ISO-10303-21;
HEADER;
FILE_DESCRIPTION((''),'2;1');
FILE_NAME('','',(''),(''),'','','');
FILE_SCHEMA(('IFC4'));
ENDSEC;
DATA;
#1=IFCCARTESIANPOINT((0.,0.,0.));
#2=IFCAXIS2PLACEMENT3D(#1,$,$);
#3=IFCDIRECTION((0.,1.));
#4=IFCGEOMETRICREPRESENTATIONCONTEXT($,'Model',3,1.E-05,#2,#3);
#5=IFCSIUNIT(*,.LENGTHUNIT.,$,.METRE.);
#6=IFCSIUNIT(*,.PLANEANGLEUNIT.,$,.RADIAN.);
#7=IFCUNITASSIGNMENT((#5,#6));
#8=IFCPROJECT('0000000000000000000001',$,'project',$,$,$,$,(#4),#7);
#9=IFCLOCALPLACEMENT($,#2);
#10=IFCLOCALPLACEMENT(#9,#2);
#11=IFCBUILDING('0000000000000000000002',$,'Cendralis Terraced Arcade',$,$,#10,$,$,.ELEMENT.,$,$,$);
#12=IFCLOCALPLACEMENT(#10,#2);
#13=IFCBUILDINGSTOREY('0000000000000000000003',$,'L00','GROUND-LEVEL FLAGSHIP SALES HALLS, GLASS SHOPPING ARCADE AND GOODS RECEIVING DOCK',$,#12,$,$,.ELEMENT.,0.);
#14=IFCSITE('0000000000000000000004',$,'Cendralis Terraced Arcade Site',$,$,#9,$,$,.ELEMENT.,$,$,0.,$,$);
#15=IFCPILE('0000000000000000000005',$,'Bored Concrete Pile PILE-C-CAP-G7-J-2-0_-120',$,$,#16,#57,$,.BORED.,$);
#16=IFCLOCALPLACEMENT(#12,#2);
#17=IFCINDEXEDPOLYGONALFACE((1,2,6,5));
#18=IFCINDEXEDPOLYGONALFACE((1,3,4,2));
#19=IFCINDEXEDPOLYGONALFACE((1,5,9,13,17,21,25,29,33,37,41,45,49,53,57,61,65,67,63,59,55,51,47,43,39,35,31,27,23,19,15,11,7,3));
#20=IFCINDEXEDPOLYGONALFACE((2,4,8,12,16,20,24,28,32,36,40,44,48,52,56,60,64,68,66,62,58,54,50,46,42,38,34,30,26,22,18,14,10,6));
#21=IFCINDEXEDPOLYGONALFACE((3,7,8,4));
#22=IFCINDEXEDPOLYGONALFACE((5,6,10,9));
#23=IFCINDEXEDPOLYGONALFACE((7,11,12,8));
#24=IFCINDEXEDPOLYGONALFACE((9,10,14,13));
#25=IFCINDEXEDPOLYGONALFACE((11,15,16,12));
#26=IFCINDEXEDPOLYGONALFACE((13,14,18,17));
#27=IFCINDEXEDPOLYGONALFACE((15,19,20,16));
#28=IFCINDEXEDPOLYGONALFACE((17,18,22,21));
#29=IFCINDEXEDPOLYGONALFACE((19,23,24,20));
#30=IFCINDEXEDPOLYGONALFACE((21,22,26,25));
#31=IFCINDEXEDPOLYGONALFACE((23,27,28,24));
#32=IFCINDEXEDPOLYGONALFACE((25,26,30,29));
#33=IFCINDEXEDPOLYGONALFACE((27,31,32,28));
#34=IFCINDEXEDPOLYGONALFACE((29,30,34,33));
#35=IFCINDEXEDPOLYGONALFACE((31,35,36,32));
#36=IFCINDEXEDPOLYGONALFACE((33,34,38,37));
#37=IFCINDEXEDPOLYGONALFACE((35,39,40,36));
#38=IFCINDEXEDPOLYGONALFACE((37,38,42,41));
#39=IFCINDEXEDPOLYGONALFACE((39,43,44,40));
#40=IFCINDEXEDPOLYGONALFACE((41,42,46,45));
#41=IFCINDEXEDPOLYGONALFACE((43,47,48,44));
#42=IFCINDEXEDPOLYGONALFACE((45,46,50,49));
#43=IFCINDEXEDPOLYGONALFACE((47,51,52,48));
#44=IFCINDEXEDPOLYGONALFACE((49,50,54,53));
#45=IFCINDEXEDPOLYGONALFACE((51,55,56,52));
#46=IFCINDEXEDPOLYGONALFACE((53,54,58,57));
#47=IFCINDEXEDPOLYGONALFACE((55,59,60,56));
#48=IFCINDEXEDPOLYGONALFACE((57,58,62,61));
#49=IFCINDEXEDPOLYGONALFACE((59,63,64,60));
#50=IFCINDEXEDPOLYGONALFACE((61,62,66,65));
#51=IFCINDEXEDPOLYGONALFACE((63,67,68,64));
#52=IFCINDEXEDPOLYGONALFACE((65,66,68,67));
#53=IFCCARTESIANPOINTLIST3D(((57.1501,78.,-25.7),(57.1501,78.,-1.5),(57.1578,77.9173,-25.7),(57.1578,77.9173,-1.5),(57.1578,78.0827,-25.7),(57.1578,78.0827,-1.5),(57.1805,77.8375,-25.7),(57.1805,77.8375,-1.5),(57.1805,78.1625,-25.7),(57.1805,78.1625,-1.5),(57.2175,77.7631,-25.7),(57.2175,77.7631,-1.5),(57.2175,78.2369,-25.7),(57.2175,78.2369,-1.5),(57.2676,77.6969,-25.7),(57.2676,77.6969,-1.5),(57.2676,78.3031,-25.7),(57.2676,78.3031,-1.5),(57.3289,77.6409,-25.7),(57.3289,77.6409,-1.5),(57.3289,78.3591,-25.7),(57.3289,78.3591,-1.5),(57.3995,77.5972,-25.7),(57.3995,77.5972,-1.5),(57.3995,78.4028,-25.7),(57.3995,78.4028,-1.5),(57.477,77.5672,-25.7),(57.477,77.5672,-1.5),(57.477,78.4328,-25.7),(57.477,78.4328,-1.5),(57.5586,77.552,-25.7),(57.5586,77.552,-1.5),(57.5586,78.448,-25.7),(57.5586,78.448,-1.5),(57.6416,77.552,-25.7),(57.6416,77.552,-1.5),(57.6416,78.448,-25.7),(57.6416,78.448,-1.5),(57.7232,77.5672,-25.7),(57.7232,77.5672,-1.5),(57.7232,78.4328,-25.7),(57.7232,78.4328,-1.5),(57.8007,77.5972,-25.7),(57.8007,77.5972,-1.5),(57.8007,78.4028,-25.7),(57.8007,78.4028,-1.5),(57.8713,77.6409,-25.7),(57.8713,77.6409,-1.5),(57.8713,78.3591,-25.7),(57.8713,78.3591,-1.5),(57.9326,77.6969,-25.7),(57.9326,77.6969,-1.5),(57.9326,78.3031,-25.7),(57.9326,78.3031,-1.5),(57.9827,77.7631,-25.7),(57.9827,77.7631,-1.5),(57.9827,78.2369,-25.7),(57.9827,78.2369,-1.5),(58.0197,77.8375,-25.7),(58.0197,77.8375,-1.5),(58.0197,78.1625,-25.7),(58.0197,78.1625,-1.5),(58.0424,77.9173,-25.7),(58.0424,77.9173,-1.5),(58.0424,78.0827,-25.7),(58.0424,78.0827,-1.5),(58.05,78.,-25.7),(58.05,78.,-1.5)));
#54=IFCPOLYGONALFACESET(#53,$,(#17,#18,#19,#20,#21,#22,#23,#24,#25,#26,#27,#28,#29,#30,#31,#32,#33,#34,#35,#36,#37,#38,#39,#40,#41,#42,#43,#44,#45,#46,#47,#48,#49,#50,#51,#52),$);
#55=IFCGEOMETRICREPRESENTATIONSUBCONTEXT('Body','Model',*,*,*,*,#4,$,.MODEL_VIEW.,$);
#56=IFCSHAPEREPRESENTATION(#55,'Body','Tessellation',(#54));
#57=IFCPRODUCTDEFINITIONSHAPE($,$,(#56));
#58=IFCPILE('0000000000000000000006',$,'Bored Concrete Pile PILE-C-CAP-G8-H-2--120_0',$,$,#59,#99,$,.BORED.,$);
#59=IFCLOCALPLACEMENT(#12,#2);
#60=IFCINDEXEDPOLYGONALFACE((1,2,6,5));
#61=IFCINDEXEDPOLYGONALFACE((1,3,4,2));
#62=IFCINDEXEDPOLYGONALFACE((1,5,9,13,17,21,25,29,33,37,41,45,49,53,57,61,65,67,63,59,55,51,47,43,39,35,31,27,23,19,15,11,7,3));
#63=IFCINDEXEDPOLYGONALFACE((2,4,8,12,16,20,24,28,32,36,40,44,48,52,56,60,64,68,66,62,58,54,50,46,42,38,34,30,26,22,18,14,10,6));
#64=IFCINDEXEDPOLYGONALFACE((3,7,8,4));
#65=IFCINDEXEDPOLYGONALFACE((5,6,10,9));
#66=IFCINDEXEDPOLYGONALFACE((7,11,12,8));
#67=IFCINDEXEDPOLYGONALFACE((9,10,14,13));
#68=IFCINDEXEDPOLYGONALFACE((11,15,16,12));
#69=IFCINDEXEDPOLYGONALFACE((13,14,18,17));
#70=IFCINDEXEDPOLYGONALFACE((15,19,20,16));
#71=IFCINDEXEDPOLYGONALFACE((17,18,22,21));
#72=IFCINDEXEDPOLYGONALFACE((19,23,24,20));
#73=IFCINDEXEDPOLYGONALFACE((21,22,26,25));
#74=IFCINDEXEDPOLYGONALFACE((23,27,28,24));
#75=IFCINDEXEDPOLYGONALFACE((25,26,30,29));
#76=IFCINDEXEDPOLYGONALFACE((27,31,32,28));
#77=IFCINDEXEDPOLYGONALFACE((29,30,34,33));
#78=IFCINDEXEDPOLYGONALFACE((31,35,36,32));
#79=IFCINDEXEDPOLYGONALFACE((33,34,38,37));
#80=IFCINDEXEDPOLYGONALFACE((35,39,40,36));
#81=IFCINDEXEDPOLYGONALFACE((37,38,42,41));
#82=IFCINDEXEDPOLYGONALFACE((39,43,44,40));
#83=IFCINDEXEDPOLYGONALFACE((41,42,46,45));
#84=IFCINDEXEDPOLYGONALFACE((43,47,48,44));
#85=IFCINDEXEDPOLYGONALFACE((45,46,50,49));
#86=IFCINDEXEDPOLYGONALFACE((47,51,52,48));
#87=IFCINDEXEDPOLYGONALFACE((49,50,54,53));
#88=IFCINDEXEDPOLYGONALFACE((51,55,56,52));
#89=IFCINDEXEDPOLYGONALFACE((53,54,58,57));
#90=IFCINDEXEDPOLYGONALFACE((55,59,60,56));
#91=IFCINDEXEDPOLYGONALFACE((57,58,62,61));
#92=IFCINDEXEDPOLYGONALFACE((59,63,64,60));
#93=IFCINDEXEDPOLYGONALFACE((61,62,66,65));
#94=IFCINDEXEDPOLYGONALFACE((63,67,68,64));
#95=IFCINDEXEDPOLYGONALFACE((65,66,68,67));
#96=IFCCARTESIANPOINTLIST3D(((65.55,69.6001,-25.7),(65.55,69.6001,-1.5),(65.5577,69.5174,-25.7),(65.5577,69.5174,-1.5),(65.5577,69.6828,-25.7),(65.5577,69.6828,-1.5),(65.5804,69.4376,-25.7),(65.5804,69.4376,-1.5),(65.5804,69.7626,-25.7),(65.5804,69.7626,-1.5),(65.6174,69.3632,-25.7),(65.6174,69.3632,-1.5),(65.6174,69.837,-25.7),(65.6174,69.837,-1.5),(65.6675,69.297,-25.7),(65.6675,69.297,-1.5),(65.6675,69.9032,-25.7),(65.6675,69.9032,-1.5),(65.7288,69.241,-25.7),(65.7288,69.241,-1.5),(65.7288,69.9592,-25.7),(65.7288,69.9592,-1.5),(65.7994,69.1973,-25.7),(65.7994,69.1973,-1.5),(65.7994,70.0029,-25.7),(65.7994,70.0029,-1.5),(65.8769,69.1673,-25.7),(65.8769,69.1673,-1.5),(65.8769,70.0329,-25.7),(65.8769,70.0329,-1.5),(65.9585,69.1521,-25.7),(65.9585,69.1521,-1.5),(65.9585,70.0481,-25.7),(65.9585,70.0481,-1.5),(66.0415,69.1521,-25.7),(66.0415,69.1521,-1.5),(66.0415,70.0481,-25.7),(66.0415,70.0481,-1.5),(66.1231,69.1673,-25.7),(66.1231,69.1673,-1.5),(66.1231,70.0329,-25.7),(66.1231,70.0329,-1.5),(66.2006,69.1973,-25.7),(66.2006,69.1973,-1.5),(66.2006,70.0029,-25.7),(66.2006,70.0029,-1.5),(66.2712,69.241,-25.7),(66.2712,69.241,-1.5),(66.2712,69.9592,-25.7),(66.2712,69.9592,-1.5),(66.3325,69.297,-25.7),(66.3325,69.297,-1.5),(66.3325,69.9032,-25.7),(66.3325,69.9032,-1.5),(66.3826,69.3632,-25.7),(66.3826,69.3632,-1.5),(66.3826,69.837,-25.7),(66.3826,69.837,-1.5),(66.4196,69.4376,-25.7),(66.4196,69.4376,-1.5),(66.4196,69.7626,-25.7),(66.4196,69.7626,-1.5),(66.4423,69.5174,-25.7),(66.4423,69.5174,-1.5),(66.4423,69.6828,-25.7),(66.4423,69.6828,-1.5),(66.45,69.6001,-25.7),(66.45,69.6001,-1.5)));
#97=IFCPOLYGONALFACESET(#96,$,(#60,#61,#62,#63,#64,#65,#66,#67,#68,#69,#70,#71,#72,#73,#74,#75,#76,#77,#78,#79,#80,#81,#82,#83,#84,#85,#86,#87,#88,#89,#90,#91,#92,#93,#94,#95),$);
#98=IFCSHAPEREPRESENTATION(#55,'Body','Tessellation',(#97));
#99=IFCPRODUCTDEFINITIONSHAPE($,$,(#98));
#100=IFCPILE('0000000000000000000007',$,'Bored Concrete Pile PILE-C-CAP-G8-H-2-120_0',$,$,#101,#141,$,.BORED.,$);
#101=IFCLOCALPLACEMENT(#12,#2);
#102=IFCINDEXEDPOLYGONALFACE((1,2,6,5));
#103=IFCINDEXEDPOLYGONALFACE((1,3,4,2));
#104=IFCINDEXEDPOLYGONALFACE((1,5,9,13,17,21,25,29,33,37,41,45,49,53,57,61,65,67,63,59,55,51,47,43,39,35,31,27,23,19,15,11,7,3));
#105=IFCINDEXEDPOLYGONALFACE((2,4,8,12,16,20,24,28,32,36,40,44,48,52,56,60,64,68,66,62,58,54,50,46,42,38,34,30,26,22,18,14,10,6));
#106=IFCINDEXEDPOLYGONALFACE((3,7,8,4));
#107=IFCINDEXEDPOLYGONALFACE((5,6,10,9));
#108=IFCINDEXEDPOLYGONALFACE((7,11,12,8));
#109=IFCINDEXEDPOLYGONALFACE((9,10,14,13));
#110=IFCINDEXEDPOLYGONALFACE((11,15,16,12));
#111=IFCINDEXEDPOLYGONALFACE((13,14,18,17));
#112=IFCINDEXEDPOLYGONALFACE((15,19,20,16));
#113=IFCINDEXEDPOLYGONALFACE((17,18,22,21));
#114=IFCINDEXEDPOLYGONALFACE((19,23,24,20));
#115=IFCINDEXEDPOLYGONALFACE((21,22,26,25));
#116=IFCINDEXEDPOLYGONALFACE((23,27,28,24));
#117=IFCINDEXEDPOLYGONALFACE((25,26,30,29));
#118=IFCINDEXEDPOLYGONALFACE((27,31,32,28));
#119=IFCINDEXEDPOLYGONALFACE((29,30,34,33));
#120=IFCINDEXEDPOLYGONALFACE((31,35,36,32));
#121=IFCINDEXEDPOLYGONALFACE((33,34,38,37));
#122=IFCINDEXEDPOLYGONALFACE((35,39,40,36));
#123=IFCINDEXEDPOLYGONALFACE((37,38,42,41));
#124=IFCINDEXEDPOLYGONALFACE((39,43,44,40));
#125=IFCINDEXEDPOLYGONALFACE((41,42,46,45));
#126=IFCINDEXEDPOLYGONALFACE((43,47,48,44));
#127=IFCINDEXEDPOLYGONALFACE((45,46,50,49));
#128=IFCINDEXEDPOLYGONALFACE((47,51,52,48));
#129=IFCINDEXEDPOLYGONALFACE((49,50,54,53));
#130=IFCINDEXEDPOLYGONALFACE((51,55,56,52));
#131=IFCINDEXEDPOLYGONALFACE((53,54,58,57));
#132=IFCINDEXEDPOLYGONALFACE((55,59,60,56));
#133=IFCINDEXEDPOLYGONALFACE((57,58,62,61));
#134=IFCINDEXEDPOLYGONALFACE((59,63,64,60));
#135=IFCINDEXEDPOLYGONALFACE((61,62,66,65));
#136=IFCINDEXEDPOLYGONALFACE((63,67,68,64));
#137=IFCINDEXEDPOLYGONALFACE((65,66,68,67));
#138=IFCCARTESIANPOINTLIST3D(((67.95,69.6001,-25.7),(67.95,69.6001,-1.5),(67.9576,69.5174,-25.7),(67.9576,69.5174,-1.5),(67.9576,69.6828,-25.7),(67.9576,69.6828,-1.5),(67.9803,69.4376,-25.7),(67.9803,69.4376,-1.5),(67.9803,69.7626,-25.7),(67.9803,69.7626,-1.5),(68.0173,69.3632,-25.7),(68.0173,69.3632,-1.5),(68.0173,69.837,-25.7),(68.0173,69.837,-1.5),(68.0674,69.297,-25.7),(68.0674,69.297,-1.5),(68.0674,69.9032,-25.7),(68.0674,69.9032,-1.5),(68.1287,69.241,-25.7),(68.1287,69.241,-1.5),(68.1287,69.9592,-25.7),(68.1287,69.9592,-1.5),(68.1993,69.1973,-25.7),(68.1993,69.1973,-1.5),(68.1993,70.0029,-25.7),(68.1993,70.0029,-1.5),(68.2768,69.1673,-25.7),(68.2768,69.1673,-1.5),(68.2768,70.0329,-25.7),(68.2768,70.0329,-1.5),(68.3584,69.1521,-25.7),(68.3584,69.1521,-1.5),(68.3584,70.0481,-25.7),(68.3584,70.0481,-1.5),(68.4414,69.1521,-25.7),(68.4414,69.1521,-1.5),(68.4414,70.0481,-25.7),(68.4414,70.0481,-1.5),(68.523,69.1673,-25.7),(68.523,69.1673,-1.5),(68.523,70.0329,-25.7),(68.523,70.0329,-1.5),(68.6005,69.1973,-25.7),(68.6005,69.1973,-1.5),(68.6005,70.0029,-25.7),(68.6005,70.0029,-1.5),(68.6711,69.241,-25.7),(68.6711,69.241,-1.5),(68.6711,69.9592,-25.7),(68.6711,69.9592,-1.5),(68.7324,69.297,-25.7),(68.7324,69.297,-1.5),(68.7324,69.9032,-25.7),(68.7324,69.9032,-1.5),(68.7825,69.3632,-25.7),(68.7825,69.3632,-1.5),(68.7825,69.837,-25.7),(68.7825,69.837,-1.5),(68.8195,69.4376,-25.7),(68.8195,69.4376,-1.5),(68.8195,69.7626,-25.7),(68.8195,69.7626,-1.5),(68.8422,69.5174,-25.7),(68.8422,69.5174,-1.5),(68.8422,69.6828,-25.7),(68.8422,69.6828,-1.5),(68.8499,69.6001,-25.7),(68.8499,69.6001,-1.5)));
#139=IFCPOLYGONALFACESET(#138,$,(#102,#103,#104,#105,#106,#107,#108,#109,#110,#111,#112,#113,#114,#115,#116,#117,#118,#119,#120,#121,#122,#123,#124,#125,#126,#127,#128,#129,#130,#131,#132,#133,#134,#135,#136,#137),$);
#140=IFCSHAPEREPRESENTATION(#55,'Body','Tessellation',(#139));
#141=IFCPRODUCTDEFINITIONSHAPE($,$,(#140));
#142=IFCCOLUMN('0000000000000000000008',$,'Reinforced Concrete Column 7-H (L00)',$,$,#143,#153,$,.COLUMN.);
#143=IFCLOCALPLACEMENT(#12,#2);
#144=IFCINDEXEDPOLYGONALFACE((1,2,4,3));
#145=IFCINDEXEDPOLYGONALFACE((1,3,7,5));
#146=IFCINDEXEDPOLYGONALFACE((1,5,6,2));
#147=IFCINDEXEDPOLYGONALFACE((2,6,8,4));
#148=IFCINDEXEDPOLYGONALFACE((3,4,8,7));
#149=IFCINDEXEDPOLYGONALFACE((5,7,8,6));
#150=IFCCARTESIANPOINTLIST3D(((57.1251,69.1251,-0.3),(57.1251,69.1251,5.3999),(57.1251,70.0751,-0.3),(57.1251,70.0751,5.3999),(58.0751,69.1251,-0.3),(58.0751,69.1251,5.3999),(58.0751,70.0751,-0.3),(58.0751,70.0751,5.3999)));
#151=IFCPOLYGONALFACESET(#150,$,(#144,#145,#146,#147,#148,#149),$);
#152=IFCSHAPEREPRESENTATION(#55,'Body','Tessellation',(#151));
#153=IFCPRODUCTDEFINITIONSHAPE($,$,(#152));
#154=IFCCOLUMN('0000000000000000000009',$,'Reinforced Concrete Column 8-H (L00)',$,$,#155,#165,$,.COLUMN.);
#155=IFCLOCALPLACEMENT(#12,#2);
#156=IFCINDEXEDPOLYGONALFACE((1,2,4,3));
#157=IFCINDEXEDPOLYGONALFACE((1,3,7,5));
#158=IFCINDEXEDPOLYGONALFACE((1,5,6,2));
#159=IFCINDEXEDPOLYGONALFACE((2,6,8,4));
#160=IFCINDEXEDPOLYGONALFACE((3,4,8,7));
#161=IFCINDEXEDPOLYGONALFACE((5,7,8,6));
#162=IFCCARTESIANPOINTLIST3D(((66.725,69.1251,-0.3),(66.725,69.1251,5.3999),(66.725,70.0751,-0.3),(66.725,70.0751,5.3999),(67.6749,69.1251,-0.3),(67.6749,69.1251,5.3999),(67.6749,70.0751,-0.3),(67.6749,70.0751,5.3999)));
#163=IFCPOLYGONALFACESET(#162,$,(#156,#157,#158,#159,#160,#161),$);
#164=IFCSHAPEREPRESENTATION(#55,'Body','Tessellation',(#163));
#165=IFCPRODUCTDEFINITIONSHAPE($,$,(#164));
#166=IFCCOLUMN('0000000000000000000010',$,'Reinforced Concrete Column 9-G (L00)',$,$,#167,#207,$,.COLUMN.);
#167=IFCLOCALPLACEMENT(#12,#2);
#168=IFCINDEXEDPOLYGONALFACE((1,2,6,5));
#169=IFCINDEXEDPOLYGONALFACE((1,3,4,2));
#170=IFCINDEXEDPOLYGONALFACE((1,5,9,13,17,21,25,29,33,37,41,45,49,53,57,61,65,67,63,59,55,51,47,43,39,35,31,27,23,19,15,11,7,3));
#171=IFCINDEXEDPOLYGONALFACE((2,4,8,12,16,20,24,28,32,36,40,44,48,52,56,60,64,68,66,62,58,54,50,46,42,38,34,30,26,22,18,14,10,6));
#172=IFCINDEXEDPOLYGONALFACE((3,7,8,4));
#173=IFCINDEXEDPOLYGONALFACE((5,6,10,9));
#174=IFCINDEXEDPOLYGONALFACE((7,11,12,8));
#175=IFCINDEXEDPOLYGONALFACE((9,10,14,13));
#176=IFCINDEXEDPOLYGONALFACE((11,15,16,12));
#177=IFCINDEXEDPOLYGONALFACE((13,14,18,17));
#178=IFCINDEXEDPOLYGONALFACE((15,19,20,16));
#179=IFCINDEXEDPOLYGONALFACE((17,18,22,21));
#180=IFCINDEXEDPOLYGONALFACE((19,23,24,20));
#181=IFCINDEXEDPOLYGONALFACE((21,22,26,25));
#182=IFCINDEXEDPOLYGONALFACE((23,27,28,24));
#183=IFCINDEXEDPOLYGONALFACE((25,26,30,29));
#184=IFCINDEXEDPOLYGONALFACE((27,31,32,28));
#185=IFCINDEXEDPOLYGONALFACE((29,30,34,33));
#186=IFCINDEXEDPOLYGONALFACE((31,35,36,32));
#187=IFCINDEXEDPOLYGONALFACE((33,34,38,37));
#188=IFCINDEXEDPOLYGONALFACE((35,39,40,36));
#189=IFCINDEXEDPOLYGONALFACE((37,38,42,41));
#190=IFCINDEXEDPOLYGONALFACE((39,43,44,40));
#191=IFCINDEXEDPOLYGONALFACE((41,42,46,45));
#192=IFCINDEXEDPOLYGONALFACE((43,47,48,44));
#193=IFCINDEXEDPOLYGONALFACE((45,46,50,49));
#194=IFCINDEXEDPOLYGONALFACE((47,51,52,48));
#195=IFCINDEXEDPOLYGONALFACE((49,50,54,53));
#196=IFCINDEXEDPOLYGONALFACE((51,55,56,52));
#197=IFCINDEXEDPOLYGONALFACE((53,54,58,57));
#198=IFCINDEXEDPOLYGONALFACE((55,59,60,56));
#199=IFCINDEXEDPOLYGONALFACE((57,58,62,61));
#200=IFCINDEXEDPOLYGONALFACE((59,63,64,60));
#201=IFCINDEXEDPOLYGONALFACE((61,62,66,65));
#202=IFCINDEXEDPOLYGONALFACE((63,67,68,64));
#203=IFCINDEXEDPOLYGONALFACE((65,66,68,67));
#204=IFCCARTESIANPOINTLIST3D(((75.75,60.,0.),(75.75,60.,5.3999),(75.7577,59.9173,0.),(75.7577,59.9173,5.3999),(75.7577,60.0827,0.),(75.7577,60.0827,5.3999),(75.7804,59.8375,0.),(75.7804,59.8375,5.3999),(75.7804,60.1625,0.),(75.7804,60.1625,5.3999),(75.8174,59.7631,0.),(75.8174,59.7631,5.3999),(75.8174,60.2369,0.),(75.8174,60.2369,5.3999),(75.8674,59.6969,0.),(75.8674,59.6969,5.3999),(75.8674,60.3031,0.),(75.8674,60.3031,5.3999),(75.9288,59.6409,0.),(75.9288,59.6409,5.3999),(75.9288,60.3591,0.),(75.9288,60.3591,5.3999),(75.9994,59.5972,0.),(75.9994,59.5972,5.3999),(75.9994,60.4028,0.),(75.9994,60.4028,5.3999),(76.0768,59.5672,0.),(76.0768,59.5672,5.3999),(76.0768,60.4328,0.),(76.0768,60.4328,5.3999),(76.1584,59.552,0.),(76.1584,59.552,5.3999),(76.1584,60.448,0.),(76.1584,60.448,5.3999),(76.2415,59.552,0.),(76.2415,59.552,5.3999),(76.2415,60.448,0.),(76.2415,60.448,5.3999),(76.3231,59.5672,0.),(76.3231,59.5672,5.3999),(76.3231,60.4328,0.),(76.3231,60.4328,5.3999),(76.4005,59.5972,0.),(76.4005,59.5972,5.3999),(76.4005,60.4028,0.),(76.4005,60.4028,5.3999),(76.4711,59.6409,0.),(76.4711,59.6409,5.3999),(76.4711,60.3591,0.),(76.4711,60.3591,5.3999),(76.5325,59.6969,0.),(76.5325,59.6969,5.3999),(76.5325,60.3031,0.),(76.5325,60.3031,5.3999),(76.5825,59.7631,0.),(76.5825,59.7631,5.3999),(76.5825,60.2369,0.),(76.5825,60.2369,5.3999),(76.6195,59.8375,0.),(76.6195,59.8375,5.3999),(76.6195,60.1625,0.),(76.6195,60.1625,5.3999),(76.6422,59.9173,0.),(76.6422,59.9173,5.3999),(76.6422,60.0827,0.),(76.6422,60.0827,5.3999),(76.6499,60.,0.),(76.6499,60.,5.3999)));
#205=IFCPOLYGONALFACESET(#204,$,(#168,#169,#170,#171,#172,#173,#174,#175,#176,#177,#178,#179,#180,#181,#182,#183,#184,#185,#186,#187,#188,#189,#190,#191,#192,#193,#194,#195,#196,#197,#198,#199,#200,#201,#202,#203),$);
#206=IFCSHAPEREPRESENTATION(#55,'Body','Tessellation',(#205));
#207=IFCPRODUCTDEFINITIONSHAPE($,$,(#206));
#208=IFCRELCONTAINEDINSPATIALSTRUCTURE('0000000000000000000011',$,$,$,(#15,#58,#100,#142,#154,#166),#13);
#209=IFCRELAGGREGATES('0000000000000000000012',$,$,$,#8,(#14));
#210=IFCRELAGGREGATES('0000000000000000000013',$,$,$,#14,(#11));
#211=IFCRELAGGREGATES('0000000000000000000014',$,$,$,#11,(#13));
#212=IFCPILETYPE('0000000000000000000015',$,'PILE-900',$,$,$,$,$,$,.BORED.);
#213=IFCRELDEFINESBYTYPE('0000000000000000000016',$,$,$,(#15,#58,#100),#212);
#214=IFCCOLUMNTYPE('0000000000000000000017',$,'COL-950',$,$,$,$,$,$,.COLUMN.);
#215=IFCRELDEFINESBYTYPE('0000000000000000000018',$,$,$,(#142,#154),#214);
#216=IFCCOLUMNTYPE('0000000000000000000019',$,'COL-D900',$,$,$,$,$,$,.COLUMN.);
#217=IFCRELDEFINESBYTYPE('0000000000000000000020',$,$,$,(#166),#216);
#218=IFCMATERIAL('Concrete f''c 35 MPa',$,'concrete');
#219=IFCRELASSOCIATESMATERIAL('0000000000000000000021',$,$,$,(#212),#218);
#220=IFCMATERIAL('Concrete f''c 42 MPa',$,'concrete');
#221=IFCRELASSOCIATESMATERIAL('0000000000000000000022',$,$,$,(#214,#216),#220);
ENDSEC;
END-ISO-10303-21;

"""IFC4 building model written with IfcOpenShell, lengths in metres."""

from ifc_helpers import new_model, si_unit, direction, frame, origin, origin_2d, place, context, subcontext, project, spatial, rectangle, circle, extrude, material, material_profile, profile_set, type_object, element, save


model = new_model("IFC4")

# Units and contexts
model_context = context("Model", 3, precision=1e-05, world=origin(), true_north=direction((0.0, 1.0)))
body_context = subcontext(model_context, "Body", "Model", "MODEL_VIEW")
ifc_project = project(units=[si_unit("LENGTHUNIT", "METRE"), si_unit("PLANEANGLEUNIT", "RADIAN")], contexts=[model_context])

# Site, building, storey
site_placement = place(None, origin())
site = spatial("IfcSite", under=ifc_project, at=site_placement, Name="Cendralis Terraced Arcade Site", CompositionType="ELEMENT", RefElevation=0.0)
building_placement = place(site_placement, origin())
building = spatial("IfcBuilding", under=site, at=building_placement, Name="Cendralis Terraced Arcade", CompositionType="ELEMENT")
storey_placement = place(building_placement, origin())
storey = spatial("IfcBuildingStorey", under=building, at=storey_placement, Name="L00", Description="GROUND-LEVEL FLAGSHIP SALES HALLS, GLASS SHOPPING ARCADE AND GOODS RECEIVING DOCK", CompositionType="ELEMENT", Elevation=0.0)

# Shared definitions
ifc_material_1 = material(Name="Concrete f'c 35 MPa", Category="concrete")

# Piles
ifc_material_profile_1 = material_profile(ifc_material_1, circle(Radius=0.45, at=origin_2d()), Name="PILE-D900", Category="LoadBearing")
ifc_profile_set_1 = profile_set([ifc_material_profile_1], Name="Concrete f'c 35 MPa")
pile_type_1 = type_object("IfcPileType", Name="PILE-900", PredefinedType="BORED", material=ifc_profile_set_1)
for number, where, z_axis, x_axis, name in (
    (1, (57.6001, 78.0, -1.5), (0.0, 0.0, -1.0), (1.0, 0.0, 0.0), "Bored Concrete Pile PILE-C-CAP-G7-J-2-0_-120"),
    (2, (66.0, 69.6001, -1.5), (0.0, 0.0, -1.0), (1.0, 0.0, 0.0), "Bored Concrete Pile PILE-C-CAP-G8-H-2--120_0"),
    (3, (68.3999, 69.6001, -1.5), (0.0, 0.0, -1.0), (1.0, 0.0, 0.0), "Bored Concrete Pile PILE-C-CAP-G8-H-2-120_0"),
):
    element("IfcPile", number, at=place(storey_placement, frame(where, z_axis=z_axis, x_axis=x_axis)), inside=storey, type_object=pile_type_1, Name=name, PredefinedType="BORED", context=body_context, shape_type="SweptSolid", body=[
        extrude(circle(Radius=0.45, at=origin_2d()), origin(), (0.0, 0.0, 1.0), 24.2),
    ])

# Columns
ifc_material_2 = material(Name="Concrete f'c 42 MPa", Category="concrete")
ifc_material_profile_2 = material_profile(ifc_material_2, rectangle(XDim=0.95, YDim=0.95, at=origin_2d()), Name="RC-COL-950x950", Category="LoadBearing")
ifc_profile_set_2 = profile_set([ifc_material_profile_2], Name="Concrete f'c 42 MPa")
column_type_1 = type_object("IfcColumnType", Name="COL-950", PredefinedType="COLUMN", material=ifc_profile_set_2)
for number, where, z_axis, x_axis, name in (
    (4, (57.6001, 69.6001, -0.3), (0.0, 0.0, 1.0), (1.0, 0.0, 0.0), "Reinforced Concrete Column 7-H (L00)"),
    (5, (67.2, 69.6001, -0.3), (0.0, 0.0, 1.0), (1.0, 0.0, 0.0), "Reinforced Concrete Column 8-H (L00)"),
):
    element("IfcColumn", number, at=place(storey_placement, frame(where, z_axis=z_axis, x_axis=x_axis)), inside=storey, type_object=column_type_1, Name=name, PredefinedType="COLUMN", context=body_context, shape_type="SweptSolid", body=[
        extrude(rectangle(XDim=0.95, YDim=0.95, at=origin_2d()), origin(), (0.0, 0.0, 1.0), 5.7),
    ])
ifc_material_profile_3 = material_profile(ifc_material_2, circle(Radius=0.45, at=origin_2d()), Name="RC-COL-D900", Category="LoadBearing")
ifc_profile_set_3 = profile_set([ifc_material_profile_3], Name="Concrete f'c 42 MPa")
column_type_2 = type_object("IfcColumnType", Name="COL-D900", PredefinedType="COLUMN", material=ifc_profile_set_3)
column_placement = place(storey_placement, frame((76.2, 60.0, 0.0), z_axis=(0.0, 0.0, 1.0), x_axis=(1.0, 0.0, 0.0)))
element("IfcColumn", 6, at=column_placement, inside=storey, type_object=column_type_2, Name="Reinforced Concrete Column 9-G (L00)", PredefinedType="COLUMN", context=body_context, shape_type="SweptSolid", body=[
    extrude(circle(Radius=0.45, at=origin_2d()), origin(), (0.0, 0.0, 1.0), 5.3999),
])

save(model, "model.ifc")
